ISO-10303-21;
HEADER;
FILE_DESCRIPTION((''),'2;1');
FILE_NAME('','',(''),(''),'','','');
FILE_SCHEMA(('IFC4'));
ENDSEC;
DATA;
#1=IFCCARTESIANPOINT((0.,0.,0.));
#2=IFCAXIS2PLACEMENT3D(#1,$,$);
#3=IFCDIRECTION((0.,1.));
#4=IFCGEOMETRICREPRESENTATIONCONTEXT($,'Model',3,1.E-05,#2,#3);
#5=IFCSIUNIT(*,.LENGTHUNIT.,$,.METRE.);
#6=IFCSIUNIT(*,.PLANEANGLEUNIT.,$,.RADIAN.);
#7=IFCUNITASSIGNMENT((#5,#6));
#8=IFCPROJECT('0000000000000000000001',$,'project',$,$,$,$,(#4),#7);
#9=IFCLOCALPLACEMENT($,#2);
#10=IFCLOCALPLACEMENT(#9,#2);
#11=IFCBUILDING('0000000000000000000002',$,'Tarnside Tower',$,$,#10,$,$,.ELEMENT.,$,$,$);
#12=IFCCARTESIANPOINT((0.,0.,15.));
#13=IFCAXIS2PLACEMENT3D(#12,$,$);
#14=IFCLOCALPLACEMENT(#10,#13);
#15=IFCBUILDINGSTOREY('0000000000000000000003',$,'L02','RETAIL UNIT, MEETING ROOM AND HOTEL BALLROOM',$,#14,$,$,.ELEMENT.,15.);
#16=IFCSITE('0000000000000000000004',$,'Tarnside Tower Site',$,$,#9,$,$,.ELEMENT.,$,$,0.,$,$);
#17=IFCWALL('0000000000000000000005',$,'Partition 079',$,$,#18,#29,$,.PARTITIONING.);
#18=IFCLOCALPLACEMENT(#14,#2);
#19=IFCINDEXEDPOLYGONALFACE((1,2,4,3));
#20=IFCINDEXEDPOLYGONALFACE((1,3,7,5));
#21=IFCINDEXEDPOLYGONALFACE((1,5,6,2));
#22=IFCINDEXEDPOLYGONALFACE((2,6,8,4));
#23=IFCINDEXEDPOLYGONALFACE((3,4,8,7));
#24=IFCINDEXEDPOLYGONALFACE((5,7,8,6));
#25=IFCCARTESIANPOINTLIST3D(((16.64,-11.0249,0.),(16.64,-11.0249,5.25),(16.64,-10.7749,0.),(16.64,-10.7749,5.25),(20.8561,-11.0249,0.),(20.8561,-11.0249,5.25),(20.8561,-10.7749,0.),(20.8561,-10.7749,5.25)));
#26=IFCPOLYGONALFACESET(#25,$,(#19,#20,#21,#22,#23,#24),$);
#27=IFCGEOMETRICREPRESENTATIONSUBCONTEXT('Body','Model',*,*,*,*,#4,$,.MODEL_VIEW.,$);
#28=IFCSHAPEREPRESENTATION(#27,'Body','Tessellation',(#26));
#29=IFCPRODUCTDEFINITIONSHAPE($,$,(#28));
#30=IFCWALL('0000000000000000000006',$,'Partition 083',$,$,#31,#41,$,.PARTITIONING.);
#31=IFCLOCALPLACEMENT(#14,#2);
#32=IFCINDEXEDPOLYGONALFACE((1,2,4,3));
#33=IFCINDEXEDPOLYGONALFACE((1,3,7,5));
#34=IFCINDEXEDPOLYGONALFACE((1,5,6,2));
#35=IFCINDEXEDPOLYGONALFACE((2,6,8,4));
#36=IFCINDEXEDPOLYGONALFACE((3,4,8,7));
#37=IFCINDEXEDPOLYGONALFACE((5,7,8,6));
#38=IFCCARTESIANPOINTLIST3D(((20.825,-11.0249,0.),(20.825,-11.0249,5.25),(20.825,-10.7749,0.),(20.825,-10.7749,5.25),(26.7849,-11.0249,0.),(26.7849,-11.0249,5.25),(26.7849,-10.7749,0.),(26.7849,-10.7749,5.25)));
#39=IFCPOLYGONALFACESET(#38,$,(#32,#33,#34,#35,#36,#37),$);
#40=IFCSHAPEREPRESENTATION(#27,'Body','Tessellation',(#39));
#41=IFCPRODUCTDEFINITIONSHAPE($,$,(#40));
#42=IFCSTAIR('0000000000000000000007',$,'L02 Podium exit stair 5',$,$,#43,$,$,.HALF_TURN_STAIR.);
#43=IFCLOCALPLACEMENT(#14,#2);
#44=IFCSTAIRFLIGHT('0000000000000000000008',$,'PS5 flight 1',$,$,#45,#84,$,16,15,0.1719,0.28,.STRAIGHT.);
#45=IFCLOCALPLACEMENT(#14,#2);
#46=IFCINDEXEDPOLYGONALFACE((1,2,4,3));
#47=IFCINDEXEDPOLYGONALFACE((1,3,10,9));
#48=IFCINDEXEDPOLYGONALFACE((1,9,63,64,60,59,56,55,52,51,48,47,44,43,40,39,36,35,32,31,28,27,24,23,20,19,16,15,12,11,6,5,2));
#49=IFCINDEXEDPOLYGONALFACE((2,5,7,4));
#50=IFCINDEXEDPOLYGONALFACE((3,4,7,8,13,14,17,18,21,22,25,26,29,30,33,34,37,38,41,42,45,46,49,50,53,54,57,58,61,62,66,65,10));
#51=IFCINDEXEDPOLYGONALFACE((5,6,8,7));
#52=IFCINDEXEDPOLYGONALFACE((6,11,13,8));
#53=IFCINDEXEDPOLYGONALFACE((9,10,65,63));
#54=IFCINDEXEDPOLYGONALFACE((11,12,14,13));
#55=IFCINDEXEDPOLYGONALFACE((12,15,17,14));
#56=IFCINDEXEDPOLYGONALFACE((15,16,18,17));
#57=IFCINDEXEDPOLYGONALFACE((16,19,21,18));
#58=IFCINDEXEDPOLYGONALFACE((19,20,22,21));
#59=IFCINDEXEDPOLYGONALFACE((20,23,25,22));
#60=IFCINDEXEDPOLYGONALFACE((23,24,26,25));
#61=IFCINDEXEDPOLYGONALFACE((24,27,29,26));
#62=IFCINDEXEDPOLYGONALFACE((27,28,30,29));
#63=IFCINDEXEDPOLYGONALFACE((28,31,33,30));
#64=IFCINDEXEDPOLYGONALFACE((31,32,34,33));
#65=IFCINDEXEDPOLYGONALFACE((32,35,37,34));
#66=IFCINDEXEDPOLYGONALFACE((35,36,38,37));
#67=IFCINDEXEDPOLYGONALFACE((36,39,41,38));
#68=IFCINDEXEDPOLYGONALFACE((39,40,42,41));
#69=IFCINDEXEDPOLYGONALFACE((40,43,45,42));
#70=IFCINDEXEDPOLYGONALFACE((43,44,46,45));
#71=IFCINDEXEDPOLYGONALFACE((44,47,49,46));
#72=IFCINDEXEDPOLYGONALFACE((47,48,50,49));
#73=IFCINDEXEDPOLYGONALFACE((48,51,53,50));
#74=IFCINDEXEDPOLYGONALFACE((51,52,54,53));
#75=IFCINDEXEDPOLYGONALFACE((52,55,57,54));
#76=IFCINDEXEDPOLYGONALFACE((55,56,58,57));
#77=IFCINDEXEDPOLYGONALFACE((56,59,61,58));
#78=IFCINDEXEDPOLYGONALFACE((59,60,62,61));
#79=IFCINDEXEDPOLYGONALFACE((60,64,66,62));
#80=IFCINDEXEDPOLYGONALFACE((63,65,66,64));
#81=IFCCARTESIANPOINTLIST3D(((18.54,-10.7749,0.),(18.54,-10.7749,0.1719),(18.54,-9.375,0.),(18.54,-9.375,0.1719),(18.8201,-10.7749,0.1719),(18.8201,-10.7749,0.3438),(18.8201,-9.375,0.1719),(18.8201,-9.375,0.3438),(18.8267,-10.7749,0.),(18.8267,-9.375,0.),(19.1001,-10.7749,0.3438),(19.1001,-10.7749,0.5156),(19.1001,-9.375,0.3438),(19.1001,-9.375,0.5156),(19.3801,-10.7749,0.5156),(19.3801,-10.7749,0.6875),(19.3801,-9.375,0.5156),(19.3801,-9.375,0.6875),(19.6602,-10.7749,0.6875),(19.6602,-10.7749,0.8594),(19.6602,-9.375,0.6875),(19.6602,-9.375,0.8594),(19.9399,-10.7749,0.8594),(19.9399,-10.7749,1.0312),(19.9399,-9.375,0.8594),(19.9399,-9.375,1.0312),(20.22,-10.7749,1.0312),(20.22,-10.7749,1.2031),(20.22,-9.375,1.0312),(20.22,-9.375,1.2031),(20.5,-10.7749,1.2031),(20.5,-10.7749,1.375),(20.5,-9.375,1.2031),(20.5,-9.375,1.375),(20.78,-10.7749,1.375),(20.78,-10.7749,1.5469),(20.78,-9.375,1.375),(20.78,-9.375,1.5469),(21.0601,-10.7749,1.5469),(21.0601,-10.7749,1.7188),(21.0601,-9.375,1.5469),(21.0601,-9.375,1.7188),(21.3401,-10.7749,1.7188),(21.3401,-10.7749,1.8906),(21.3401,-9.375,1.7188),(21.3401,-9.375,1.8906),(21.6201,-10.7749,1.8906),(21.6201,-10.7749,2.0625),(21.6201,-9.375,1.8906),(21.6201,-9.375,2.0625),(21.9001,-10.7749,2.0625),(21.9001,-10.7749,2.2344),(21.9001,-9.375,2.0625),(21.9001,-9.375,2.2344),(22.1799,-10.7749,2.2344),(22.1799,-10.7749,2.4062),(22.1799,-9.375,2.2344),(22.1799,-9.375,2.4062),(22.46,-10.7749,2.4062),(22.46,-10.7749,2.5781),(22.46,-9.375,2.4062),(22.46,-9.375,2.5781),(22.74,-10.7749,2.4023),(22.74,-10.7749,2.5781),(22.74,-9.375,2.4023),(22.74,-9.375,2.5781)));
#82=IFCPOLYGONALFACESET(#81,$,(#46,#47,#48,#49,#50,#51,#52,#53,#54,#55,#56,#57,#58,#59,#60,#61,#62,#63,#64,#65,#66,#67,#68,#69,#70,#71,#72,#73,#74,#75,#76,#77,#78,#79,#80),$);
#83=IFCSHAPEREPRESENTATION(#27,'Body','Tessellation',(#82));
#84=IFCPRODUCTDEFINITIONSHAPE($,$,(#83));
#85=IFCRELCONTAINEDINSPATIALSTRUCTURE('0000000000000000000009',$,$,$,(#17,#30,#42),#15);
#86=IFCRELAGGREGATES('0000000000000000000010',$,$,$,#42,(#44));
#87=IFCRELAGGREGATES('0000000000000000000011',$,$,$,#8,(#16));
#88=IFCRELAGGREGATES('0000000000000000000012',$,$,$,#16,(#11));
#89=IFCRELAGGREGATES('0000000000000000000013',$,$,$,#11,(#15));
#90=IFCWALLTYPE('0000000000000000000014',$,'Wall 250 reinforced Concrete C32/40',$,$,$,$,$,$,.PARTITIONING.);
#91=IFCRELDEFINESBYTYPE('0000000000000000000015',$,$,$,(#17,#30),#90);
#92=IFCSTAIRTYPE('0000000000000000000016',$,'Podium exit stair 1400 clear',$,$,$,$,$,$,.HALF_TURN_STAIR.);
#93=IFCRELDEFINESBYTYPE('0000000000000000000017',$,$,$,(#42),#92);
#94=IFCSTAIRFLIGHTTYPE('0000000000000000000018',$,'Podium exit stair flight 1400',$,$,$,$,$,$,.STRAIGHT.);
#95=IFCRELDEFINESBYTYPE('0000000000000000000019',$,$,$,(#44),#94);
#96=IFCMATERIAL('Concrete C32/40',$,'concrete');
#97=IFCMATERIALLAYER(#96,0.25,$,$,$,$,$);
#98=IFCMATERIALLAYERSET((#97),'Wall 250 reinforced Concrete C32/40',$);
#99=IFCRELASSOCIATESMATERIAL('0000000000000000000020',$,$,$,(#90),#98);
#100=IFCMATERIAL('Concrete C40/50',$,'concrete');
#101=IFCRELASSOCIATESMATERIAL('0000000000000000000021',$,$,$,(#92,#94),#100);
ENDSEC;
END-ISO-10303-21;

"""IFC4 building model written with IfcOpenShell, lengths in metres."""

from ifc_helpers import new_model, si_unit, direction, frame, frame_2d, origin, place, context, subcontext, project, spatial, polyline, rectangle, outline, extrude, material, layer, layer_set, type_object, element, aggregate, save


model = new_model("IFC4")

# Units and contexts
model_context = context("Model", 3, precision=1e-05, world=origin(), true_north=direction((0.0, 1.0)))
body_context = subcontext(model_context, "Body", "Model", "MODEL_VIEW")
ifc_project = project(units=[si_unit("LENGTHUNIT", "METRE"), si_unit("PLANEANGLEUNIT", "RADIAN")], contexts=[model_context])

# Site, building, storey
site_placement = place(None, origin())
site = spatial("IfcSite", under=ifc_project, at=site_placement, Name="Tarnside Tower Site", CompositionType="ELEMENT", RefElevation=0.0)
building_placement = place(site_placement, origin())
building = spatial("IfcBuilding", under=site, at=building_placement, Name="Tarnside Tower", CompositionType="ELEMENT")
storey_placement = place(building_placement, frame((0.0, 0.0, 15.0)))
storey = spatial("IfcBuildingStorey", under=building, at=storey_placement, Name="L02", Description="RETAIL UNIT, MEETING ROOM AND HOTEL BALLROOM", CompositionType="ELEMENT", Elevation=15.0)

# Walls
ifc_material_1 = material(Name="Concrete C32/40", Category="concrete")
ifc_layer_1 = layer(ifc_material_1, 0.25)
ifc_layer_set_1 = layer_set([ifc_layer_1], Name="Wall 250 reinforced Concrete C32/40")
wall_type_1 = type_object("IfcWallType", Name="Wall 250 reinforced Concrete C32/40", PredefinedType="PARTITIONING", material=ifc_layer_set_1)
wall_1_placement = place(storey_placement, frame((20.856, -10.8999, 0.0), z_axis=(0.0, 0.0, 1.0), x_axis=(-1.0, 0.0, 0.0)))
element("IfcWall", 1, at=wall_1_placement, inside=storey, type_object=wall_type_1, Name="Partition 079", PredefinedType="PARTITIONING", context=body_context, shape_type="SweptSolid", body=[
    extrude(rectangle(XDim=4.2161, YDim=0.25, at=frame_2d((2.1079, 0.0))), origin(), (0.0, 0.0, 1.0), 5.25),
])
wall_2_placement = place(storey_placement, frame((26.7849, -10.8999, 0.0), z_axis=(0.0, 0.0, 1.0), x_axis=(-1.0, 0.0, 0.0)))
element("IfcWall", 2, at=wall_2_placement, inside=storey, type_object=wall_type_1, Name="Partition 083", PredefinedType="PARTITIONING", context=body_context, shape_type="SweptSolid", body=[
    extrude(rectangle(XDim=5.96, YDim=0.25, at=frame_2d((2.98, 0.0))), origin(), (0.0, 0.0, 1.0), 5.25),
])

# Stair, stair flight
ifc_material_2 = material(Name="Concrete C40/50", Category="concrete")
stair_type = type_object("IfcStairType", Name="Podium exit stair 1400 clear", PredefinedType="HALF_TURN_STAIR", material=ifc_material_2)
stair_placement = place(storey_placement, origin())
stair = element("IfcStair", 3, at=stair_placement, inside=storey, type_object=stair_type, Name="L02 Podium exit stair 5", PredefinedType="HALF_TURN_STAIR")
stair_flight_type = type_object("IfcStairFlightType", Name="Podium exit stair flight 1400", PredefinedType="STRAIGHT", material=ifc_material_2)
stair_flight_placement = place(storey_placement, frame((18.54, -10.075, 0.0), z_axis=(0.0, 0.0, 1.0), x_axis=(1.0, 0.0, 0.0)))
stair_flight = element("IfcStairFlight", 4, at=stair_flight_placement, type_object=stair_flight_type, Name="PS5 flight 1", NumberOfRisers=16, NumberOfTreads=15, PredefinedType="STRAIGHT", RiserHeight=0.1719, TreadLength=0.28, context=body_context, shape_type="SweptSolid", body=[
    extrude(outline(polyline([(0.0, 0.0), (0.0, 0.1719), (0.28, 0.1719), (0.28, 0.3438), (0.5601, 0.3438), (0.5601, 0.5156), (0.8401, 0.5156), (0.8401, 0.6875), (1.1201, 0.6875), (1.1201, 0.8594), (1.3999, 0.8594), (1.3999, 1.0312), (1.6799, 1.0312), (1.6799, 1.2031), (1.96, 1.2031), (1.96, 1.375), (2.24, 1.375), (2.24, 1.5469), (2.52, 1.5469), (2.52, 1.7188), (2.8, 1.7188), (2.8, 1.8906), (3.0801, 1.8906), (3.0801, 2.0625), (3.3601, 2.0625), (3.3601, 2.2344), (3.6399, 2.2344), (3.6399, 2.4062), (3.9199, 2.4062), (3.9199, 2.5781), (4.2, 2.5781), (4.2, 2.75), (4.2, 2.4023), (0.2866, 0.0), (0.0, 0.0)])), frame((0.0, 0.7, 0.0), z_axis=(0.0, -1.0, 0.0), x_axis=(1.0, 0.0, 0.0)), (0.0, 0.0, 1.0), 1.3999),
])
aggregate(stair, [stair_flight])

save(model, "model.ifc")
